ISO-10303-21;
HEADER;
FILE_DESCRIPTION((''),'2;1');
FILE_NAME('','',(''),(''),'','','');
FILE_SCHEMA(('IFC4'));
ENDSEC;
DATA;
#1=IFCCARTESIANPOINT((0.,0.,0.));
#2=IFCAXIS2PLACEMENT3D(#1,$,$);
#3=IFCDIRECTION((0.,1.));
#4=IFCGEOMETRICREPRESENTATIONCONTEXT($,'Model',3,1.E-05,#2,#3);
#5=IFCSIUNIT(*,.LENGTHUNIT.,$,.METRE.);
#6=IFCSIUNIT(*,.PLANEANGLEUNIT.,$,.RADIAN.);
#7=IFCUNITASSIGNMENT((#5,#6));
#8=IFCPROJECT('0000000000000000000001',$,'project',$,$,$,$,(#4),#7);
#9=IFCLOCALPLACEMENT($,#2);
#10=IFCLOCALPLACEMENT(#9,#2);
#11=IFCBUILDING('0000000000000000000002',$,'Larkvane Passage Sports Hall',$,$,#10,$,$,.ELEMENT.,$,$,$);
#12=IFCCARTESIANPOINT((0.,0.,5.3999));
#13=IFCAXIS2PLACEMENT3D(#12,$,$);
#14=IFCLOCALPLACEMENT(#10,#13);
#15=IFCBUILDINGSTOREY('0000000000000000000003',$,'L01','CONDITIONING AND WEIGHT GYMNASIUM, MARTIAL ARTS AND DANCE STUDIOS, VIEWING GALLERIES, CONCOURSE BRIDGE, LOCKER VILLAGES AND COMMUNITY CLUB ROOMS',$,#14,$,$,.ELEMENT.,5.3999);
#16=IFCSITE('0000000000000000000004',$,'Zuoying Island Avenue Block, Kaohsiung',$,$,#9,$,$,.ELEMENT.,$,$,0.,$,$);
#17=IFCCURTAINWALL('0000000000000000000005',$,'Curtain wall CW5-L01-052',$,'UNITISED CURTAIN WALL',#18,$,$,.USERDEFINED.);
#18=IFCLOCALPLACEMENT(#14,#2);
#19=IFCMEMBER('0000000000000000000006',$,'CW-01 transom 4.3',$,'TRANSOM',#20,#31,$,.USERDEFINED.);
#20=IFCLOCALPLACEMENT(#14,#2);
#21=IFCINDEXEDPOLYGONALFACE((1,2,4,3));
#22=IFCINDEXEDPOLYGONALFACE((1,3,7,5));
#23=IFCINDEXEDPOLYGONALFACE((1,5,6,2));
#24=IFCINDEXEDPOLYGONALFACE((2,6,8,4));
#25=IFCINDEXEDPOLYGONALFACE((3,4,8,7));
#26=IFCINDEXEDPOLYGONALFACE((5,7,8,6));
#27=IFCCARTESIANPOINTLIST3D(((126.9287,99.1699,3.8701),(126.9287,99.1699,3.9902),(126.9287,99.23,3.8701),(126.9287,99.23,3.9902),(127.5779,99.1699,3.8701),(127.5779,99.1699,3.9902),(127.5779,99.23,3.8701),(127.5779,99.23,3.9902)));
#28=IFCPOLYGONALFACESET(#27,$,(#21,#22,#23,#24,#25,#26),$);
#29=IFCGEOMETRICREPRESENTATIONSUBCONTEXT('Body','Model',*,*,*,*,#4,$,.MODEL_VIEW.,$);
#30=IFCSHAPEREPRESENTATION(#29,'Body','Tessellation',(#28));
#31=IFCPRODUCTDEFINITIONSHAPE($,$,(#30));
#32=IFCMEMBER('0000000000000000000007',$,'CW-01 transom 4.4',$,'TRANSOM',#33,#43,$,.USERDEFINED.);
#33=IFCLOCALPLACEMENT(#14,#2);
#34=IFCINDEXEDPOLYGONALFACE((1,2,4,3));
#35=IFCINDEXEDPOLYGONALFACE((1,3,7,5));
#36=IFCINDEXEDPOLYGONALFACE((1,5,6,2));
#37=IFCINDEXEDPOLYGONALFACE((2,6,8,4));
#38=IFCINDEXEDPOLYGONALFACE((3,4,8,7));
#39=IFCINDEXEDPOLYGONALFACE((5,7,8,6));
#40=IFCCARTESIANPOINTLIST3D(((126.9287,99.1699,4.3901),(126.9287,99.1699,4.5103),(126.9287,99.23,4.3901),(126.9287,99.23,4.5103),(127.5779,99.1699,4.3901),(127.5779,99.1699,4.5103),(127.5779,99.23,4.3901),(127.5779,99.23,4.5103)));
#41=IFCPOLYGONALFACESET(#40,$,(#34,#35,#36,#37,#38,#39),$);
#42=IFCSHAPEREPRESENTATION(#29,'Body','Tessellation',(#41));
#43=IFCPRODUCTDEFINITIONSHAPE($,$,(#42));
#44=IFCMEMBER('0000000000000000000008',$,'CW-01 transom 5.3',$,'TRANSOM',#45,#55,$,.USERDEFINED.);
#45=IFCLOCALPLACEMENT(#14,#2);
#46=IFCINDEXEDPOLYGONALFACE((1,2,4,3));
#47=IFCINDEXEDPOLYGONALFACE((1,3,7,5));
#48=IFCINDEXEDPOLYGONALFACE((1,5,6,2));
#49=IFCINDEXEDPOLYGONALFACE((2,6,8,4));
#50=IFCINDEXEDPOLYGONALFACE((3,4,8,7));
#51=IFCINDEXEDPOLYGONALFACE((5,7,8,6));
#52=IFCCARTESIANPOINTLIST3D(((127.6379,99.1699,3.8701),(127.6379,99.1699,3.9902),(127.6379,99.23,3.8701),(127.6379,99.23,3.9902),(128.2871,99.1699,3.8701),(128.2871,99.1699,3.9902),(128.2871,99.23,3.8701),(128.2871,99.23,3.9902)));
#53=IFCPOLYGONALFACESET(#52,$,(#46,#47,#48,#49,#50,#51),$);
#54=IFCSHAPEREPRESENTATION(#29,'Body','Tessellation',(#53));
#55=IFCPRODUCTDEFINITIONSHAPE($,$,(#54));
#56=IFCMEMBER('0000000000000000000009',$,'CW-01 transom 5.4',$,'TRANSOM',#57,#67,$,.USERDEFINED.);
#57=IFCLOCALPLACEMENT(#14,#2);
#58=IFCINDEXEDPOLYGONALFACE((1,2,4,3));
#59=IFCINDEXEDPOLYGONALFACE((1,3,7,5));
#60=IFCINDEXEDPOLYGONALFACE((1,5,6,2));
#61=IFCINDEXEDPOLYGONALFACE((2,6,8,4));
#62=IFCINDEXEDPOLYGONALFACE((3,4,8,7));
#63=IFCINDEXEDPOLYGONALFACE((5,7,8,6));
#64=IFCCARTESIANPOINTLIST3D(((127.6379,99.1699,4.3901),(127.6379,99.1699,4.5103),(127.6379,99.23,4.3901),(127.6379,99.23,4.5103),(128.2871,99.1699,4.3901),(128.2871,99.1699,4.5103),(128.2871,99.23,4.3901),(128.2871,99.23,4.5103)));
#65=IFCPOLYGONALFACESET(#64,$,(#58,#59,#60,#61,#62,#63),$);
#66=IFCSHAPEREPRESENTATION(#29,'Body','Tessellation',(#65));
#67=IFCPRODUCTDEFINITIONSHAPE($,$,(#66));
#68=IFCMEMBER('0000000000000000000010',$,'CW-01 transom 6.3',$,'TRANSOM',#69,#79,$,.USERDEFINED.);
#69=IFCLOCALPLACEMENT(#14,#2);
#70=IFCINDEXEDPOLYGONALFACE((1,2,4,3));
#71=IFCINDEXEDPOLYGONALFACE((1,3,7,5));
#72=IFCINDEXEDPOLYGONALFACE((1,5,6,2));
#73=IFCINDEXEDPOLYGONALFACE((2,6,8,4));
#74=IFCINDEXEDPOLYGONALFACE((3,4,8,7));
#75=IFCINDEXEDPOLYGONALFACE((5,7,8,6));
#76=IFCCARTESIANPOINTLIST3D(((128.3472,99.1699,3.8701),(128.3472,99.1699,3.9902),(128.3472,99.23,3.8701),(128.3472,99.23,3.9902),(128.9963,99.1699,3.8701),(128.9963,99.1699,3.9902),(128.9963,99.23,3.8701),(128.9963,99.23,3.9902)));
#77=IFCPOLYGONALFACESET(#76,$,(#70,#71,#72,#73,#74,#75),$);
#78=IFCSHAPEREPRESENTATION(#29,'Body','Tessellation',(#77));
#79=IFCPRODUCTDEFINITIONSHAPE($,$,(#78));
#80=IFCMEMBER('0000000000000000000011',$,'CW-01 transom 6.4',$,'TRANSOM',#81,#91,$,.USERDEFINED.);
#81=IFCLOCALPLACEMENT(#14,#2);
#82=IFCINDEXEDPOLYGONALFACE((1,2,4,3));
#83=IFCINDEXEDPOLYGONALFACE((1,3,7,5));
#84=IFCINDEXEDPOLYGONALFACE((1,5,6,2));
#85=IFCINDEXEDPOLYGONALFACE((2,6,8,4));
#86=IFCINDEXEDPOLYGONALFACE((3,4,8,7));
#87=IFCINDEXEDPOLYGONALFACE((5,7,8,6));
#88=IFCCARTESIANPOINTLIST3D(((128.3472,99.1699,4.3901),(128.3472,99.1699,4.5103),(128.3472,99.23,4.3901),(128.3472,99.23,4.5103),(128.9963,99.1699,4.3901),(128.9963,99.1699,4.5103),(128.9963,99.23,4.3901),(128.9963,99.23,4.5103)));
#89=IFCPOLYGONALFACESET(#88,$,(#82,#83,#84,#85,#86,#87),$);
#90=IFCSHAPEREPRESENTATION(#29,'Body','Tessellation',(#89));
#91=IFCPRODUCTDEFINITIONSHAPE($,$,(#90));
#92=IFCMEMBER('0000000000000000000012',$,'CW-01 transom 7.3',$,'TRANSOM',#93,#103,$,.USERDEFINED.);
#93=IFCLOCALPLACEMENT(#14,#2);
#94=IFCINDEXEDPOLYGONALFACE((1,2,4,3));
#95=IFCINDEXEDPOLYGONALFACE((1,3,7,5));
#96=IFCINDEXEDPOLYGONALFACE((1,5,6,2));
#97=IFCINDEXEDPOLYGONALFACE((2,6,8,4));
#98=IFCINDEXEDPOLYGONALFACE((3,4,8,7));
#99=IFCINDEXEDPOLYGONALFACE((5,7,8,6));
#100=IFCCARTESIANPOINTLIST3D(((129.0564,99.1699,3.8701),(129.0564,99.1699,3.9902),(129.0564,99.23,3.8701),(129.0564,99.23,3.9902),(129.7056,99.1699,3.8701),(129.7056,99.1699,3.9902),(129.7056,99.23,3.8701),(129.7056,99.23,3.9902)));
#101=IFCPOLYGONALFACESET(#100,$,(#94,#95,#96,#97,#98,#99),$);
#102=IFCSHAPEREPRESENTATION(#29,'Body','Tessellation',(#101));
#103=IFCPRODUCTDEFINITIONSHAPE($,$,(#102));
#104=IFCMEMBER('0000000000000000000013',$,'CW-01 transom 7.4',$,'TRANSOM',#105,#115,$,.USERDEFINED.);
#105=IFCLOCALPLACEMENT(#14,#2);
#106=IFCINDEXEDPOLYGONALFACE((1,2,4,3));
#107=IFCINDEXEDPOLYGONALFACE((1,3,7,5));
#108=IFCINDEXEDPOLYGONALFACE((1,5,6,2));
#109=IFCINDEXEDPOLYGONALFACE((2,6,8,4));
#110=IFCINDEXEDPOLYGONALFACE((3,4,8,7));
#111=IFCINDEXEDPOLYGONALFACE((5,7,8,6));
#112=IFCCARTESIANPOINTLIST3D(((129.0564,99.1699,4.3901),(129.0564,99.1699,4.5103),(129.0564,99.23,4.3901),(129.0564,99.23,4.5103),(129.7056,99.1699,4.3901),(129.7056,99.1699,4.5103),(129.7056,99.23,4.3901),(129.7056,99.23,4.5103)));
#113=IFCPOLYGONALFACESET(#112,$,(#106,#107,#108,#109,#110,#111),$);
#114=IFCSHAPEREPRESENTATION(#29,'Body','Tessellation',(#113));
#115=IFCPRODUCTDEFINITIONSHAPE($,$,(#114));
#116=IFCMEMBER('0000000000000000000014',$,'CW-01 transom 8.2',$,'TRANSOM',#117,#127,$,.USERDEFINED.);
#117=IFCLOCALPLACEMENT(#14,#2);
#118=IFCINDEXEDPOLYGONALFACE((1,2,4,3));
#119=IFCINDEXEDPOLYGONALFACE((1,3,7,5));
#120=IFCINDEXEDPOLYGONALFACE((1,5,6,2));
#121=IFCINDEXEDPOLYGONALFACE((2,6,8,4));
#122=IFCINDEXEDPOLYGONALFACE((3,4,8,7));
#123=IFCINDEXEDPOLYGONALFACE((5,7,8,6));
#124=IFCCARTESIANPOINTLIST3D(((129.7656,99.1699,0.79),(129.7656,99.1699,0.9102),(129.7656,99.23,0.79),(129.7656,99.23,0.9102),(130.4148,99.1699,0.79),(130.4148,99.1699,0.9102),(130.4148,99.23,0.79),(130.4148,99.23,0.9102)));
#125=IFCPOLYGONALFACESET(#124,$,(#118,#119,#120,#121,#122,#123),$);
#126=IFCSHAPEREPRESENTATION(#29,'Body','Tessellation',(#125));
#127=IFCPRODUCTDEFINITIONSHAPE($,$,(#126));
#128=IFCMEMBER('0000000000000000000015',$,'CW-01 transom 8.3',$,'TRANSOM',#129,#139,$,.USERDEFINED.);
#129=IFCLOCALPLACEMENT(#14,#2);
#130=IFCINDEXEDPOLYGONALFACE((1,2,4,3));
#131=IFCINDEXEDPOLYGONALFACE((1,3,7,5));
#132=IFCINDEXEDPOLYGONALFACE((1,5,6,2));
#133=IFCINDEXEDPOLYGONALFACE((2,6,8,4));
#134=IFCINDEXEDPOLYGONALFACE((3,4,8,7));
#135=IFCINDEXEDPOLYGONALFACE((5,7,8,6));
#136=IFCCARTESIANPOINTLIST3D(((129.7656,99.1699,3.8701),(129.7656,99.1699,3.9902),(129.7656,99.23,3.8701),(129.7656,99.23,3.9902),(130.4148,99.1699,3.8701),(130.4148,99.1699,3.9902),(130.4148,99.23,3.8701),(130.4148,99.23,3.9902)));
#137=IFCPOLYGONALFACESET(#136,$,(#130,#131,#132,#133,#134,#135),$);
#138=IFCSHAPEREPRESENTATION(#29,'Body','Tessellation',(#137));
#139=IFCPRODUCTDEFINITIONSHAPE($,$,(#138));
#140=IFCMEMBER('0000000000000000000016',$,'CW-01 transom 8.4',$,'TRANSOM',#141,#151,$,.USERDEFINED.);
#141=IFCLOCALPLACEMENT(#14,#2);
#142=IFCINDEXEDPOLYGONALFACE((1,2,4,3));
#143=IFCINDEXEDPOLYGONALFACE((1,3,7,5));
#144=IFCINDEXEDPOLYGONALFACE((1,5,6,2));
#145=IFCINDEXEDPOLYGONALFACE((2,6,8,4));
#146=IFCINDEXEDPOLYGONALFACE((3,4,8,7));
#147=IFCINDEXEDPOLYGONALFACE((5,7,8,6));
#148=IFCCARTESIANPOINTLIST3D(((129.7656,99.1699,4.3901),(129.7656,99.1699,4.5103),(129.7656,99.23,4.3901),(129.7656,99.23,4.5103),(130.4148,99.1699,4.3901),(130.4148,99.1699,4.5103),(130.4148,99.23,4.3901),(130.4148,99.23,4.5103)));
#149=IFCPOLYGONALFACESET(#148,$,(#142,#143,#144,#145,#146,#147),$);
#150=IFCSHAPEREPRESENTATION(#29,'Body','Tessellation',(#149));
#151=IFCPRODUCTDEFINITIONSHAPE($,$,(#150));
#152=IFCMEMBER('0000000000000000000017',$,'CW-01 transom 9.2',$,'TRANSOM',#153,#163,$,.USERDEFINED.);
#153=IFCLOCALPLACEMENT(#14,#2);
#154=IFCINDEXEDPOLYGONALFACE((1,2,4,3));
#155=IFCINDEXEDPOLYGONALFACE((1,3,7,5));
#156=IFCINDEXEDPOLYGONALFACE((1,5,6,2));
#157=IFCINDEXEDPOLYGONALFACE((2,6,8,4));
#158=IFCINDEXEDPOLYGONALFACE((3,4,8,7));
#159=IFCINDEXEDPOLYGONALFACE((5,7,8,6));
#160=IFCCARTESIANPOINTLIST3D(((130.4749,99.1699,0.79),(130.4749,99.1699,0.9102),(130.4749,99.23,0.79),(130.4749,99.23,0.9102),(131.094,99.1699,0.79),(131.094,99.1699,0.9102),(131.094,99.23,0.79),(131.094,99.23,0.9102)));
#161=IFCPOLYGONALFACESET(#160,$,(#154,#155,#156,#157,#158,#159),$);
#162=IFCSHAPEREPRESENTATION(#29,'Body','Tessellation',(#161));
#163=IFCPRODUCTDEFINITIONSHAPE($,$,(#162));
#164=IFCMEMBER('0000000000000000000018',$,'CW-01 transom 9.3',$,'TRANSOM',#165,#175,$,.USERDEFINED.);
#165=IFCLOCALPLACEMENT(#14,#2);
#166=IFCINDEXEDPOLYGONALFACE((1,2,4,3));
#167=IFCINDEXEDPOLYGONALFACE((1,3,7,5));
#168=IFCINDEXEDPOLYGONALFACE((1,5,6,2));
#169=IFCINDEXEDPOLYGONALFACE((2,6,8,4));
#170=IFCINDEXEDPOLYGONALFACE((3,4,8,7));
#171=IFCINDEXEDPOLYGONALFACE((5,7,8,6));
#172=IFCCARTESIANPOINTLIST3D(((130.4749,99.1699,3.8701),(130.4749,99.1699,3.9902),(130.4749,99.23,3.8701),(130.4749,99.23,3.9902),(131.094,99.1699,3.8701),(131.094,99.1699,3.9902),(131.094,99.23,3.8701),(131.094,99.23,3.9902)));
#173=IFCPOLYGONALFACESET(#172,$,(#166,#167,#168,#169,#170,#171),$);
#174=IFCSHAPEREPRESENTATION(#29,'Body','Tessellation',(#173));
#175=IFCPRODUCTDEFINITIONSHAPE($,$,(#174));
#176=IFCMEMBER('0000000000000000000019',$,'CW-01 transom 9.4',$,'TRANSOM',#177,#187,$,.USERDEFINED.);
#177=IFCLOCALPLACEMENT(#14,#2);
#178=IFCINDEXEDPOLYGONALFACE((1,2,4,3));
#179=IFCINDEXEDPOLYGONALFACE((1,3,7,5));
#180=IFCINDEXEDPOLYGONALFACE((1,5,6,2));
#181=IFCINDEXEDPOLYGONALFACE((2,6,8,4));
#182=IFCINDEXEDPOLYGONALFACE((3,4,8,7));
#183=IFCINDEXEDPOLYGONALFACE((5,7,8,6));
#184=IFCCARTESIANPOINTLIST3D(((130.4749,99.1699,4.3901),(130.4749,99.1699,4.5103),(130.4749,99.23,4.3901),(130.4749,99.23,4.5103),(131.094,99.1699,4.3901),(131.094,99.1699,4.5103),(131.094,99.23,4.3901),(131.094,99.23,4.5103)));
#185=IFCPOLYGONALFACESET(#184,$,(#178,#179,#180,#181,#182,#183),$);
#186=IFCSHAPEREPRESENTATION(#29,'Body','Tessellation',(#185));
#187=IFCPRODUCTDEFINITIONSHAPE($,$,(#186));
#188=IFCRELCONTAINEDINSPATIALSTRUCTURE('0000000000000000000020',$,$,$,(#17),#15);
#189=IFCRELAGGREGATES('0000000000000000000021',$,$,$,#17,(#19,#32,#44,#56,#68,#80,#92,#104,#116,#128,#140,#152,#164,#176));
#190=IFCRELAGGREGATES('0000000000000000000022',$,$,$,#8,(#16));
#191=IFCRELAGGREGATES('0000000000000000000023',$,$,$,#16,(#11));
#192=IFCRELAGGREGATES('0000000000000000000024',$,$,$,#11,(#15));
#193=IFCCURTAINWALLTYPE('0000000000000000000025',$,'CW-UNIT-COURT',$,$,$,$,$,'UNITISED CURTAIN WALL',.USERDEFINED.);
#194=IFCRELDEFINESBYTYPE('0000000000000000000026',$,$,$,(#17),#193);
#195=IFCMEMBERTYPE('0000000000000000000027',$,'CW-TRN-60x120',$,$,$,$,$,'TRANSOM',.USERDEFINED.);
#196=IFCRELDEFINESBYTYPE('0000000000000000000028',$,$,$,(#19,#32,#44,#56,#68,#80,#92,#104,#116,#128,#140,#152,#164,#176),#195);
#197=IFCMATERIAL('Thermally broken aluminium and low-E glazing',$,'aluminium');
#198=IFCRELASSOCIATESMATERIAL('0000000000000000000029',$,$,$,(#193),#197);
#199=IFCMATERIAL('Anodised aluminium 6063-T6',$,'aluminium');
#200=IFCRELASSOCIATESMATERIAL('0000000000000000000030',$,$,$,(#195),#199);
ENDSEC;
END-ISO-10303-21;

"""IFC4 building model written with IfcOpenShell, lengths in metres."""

from ifc_helpers import new_model, si_unit, direction, frame, origin, origin_2d, place, context, subcontext, project, spatial, rectangle, extrude, material, material_profile, profile_set, type_object, element, aggregate, save


model = new_model("IFC4")

# Units and contexts
model_context = context("Model", 3, precision=1e-05, world=origin(), true_north=direction((0.0, 1.0)))
body_context = subcontext(model_context, "Body", "Model", "MODEL_VIEW")
ifc_project = project(units=[si_unit("LENGTHUNIT", "METRE"), si_unit("PLANEANGLEUNIT", "RADIAN")], contexts=[model_context])

# Site, building, storey
site_placement = place(None, origin())
site = spatial("IfcSite", under=ifc_project, at=site_placement, Name="Zuoying Island Avenue Block, Kaohsiung", CompositionType="ELEMENT", RefElevation=0.0)
building_placement = place(site_placement, origin())
building = spatial("IfcBuilding", under=site, at=building_placement, Name="Larkvane Passage Sports Hall", CompositionType="ELEMENT")
storey_placement = place(building_placement, frame((0.0, 0.0, 5.3999)))
storey = spatial("IfcBuildingStorey", under=building, at=storey_placement, Name="L01", Description="CONDITIONING AND WEIGHT GYMNASIUM, MARTIAL ARTS AND DANCE STUDIOS, VIEWING GALLERIES, CONCOURSE BRIDGE, LOCKER VILLAGES AND COMMUNITY CLUB ROOMS", CompositionType="ELEMENT", Elevation=5.3999)

# Curtain wall, members
ifc_material_1 = material(Name="Thermally broken aluminium and low-E glazing", Category="aluminium")
curtain_wall_type_1 = type_object("IfcCurtainWallType", Name="CW-UNIT-COURT", ElementType="UNITISED CURTAIN WALL", PredefinedType="USERDEFINED", material=ifc_material_1)
curtain_wall_1_placement = place(storey_placement, origin())
curtain_wall_1 = element("IfcCurtainWall", 1, at=curtain_wall_1_placement, inside=storey, type_object=curtain_wall_type_1, Name="Curtain wall CW5-L01-052", ObjectType="UNITISED CURTAIN WALL", PredefinedType="USERDEFINED")
ifc_material_2 = material(Name="Anodised aluminium 6063-T6", Category="aluminium")
ifc_material_profile_1 = material_profile(ifc_material_2, rectangle(XDim=0.0601, YDim=0.1201, at=origin_2d()), Name="ALU-TRN-60x120")
ifc_profile_set_1 = profile_set([ifc_material_profile_1], Name="Anodised aluminium 6063-T6")
member_type_1 = type_object("IfcMemberType", Name="CW-TRN-60x120", ElementType="TRANSOM", PredefinedType="USERDEFINED", material=ifc_profile_set_1)
member_1_placement = place(storey_placement, frame((126.9287, 99.2, 3.9302), z_axis=(1.0, 0.0, 0.0), x_axis=(0.0, 1.0, 0.0)))
member_1 = element("IfcMember", 2, at=member_1_placement, type_object=member_type_1, Name="CW-01 transom 4.3", ObjectType="TRANSOM", PredefinedType="USERDEFINED", context=body_context, shape_type="SweptSolid", body=[
    extrude(rectangle(XDim=0.0601, YDim=0.1201, at=origin_2d()), origin(), (0.0, 0.0, 1.0), 0.6492),
])
member_2_placement = place(storey_placement, frame((126.9287, 99.2, 4.4502), z_axis=(1.0, 0.0, 0.0), x_axis=(0.0, 1.0, 0.0)))
member_2 = element("IfcMember", 3, at=member_2_placement, type_object=member_type_1, Name="CW-01 transom 4.4", ObjectType="TRANSOM", PredefinedType="USERDEFINED", context=body_context, shape_type="SweptSolid", body=[
    extrude(rectangle(XDim=0.0601, YDim=0.1201, at=origin_2d()), origin(), (0.0, 0.0, 1.0), 0.6492),
])
member_3_placement = place(storey_placement, frame((127.6379, 99.2, 3.9302), z_axis=(1.0, 0.0, 0.0), x_axis=(0.0, 1.0, 0.0)))
member_3 = element("IfcMember", 4, at=member_3_placement, type_object=member_type_1, Name="CW-01 transom 5.3", ObjectType="TRANSOM", PredefinedType="USERDEFINED", context=body_context, shape_type="SweptSolid", body=[
    extrude(rectangle(XDim=0.0601, YDim=0.1201, at=origin_2d()), origin(), (0.0, 0.0, 1.0), 0.6492),
])
member_4_placement = place(storey_placement, frame((127.6379, 99.2, 4.4502), z_axis=(1.0, 0.0, 0.0), x_axis=(0.0, 1.0, 0.0)))
member_4 = element("IfcMember", 5, at=member_4_placement, type_object=member_type_1, Name="CW-01 transom 5.4", ObjectType="TRANSOM", PredefinedType="USERDEFINED", context=body_context, shape_type="SweptSolid", body=[
    extrude(rectangle(XDim=0.0601, YDim=0.1201, at=origin_2d()), origin(), (0.0, 0.0, 1.0), 0.6492),
])
member_5_placement = place(storey_placement, frame((128.3472, 99.2, 3.9302), z_axis=(1.0, 0.0, 0.0), x_axis=(0.0, 1.0, 0.0)))
member_5 = element("IfcMember", 6, at=member_5_placement, type_object=member_type_1, Name="CW-01 transom 6.3", ObjectType="TRANSOM", PredefinedType="USERDEFINED", context=body_context, shape_type="SweptSolid", body=[
    extrude(rectangle(XDim=0.0601, YDim=0.1201, at=origin_2d()), origin(), (0.0, 0.0, 1.0), 0.6492),
])
member_6_placement = place(storey_placement, frame((128.3472, 99.2, 4.4502), z_axis=(1.0, 0.0, 0.0), x_axis=(0.0, 1.0, 0.0)))
member_6 = element("IfcMember", 7, at=member_6_placement, type_object=member_type_1, Name="CW-01 transom 6.4", ObjectType="TRANSOM", PredefinedType="USERDEFINED", context=body_context, shape_type="SweptSolid", body=[
    extrude(rectangle(XDim=0.0601, YDim=0.1201, at=origin_2d()), origin(), (0.0, 0.0, 1.0), 0.6492),
])
member_7_placement = place(storey_placement, frame((129.0564, 99.2, 3.9302), z_axis=(1.0, 0.0, 0.0), x_axis=(0.0, 1.0, 0.0)))
member_7 = element("IfcMember", 8, at=member_7_placement, type_object=member_type_1, Name="CW-01 transom 7.3", ObjectType="TRANSOM", PredefinedType="USERDEFINED", context=body_context, shape_type="SweptSolid", body=[
    extrude(rectangle(XDim=0.0601, YDim=0.1201, at=origin_2d()), origin(), (0.0, 0.0, 1.0), 0.6492),
])
member_8_placement = place(storey_placement, frame((129.0564, 99.2, 4.4502), z_axis=(1.0, 0.0, 0.0), x_axis=(0.0, 1.0, 0.0)))
member_8 = element("IfcMember", 9, at=member_8_placement, type_object=member_type_1, Name="CW-01 transom 7.4", ObjectType="TRANSOM", PredefinedType="USERDEFINED", context=body_context, shape_type="SweptSolid", body=[
    extrude(rectangle(XDim=0.0601, YDim=0.1201, at=origin_2d()), origin(), (0.0, 0.0, 1.0), 0.6492),
])
member_9_placement = place(storey_placement, frame((129.7656, 99.2, 0.8501), z_axis=(1.0, 0.0, 0.0), x_axis=(0.0, 1.0, 0.0)))
member_9 = element("IfcMember", 10, at=member_9_placement, type_object=member_type_1, Name="CW-01 transom 8.2", ObjectType="TRANSOM", PredefinedType="USERDEFINED", context=body_context, shape_type="SweptSolid", body=[
    extrude(rectangle(XDim=0.0601, YDim=0.1201, at=origin_2d()), origin(), (0.0, 0.0, 1.0), 0.6492),
])
member_10_placement = place(storey_placement, frame((129.7656, 99.2, 3.9302), z_axis=(1.0, 0.0, 0.0), x_axis=(0.0, 1.0, 0.0)))
member_10 = element("IfcMember", 11, at=member_10_placement, type_object=member_type_1, Name="CW-01 transom 8.3", ObjectType="TRANSOM", PredefinedType="USERDEFINED", context=body_context, shape_type="SweptSolid", body=[
    extrude(rectangle(XDim=0.0601, YDim=0.1201, at=origin_2d()), origin(), (0.0, 0.0, 1.0), 0.6492),
])
member_11_placement = place(storey_placement, frame((129.7656, 99.2, 4.4502), z_axis=(1.0, 0.0, 0.0), x_axis=(0.0, 1.0, 0.0)))
member_11 = element("IfcMember", 12, at=member_11_placement, type_object=member_type_1, Name="CW-01 transom 8.4", ObjectType="TRANSOM", PredefinedType="USERDEFINED", context=body_context, shape_type="SweptSolid", body=[
    extrude(rectangle(XDim=0.0601, YDim=0.1201, at=origin_2d()), origin(), (0.0, 0.0, 1.0), 0.6492),
])
member_12_placement = place(storey_placement, frame((130.4749, 99.2, 0.8501), z_axis=(1.0, 0.0, 0.0), x_axis=(0.0, 1.0, 0.0)))
member_12 = element("IfcMember", 13, at=member_12_placement, type_object=member_type_1, Name="CW-01 transom 9.2", ObjectType="TRANSOM", PredefinedType="USERDEFINED", context=body_context, shape_type="SweptSolid", body=[
    extrude(rectangle(XDim=0.0601, YDim=0.1201, at=origin_2d()), origin(), (0.0, 0.0, 1.0), 0.6191),
])
member_13_placement = place(storey_placement, frame((130.4749, 99.2, 3.9302), z_axis=(1.0, 0.0, 0.0), x_axis=(0.0, 1.0, 0.0)))
member_13 = element("IfcMember", 14, at=member_13_placement, type_object=member_type_1, Name="CW-01 transom 9.3", ObjectType="TRANSOM", PredefinedType="USERDEFINED", context=body_context, shape_type="SweptSolid", body=[
    extrude(rectangle(XDim=0.0601, YDim=0.1201, at=origin_2d()), origin(), (0.0, 0.0, 1.0), 0.6191),
])
member_14_placement = place(storey_placement, frame((130.4749, 99.2, 4.4502), z_axis=(1.0, 0.0, 0.0), x_axis=(0.0, 1.0, 0.0)))
member_14 = element("IfcMember", 15, at=member_14_placement, type_object=member_type_1, Name="CW-01 transom 9.4", ObjectType="TRANSOM", PredefinedType="USERDEFINED", context=body_context, shape_type="SweptSolid", body=[
    extrude(rectangle(XDim=0.0601, YDim=0.1201, at=origin_2d()), origin(), (0.0, 0.0, 1.0), 0.6191),
])

aggregate(curtain_wall_1, [member_1, member_2, member_3, member_4, member_5, member_6, member_7, member_8, member_9, member_10, member_11, member_12, member_13, member_14])

save(model, "model.ifc")
